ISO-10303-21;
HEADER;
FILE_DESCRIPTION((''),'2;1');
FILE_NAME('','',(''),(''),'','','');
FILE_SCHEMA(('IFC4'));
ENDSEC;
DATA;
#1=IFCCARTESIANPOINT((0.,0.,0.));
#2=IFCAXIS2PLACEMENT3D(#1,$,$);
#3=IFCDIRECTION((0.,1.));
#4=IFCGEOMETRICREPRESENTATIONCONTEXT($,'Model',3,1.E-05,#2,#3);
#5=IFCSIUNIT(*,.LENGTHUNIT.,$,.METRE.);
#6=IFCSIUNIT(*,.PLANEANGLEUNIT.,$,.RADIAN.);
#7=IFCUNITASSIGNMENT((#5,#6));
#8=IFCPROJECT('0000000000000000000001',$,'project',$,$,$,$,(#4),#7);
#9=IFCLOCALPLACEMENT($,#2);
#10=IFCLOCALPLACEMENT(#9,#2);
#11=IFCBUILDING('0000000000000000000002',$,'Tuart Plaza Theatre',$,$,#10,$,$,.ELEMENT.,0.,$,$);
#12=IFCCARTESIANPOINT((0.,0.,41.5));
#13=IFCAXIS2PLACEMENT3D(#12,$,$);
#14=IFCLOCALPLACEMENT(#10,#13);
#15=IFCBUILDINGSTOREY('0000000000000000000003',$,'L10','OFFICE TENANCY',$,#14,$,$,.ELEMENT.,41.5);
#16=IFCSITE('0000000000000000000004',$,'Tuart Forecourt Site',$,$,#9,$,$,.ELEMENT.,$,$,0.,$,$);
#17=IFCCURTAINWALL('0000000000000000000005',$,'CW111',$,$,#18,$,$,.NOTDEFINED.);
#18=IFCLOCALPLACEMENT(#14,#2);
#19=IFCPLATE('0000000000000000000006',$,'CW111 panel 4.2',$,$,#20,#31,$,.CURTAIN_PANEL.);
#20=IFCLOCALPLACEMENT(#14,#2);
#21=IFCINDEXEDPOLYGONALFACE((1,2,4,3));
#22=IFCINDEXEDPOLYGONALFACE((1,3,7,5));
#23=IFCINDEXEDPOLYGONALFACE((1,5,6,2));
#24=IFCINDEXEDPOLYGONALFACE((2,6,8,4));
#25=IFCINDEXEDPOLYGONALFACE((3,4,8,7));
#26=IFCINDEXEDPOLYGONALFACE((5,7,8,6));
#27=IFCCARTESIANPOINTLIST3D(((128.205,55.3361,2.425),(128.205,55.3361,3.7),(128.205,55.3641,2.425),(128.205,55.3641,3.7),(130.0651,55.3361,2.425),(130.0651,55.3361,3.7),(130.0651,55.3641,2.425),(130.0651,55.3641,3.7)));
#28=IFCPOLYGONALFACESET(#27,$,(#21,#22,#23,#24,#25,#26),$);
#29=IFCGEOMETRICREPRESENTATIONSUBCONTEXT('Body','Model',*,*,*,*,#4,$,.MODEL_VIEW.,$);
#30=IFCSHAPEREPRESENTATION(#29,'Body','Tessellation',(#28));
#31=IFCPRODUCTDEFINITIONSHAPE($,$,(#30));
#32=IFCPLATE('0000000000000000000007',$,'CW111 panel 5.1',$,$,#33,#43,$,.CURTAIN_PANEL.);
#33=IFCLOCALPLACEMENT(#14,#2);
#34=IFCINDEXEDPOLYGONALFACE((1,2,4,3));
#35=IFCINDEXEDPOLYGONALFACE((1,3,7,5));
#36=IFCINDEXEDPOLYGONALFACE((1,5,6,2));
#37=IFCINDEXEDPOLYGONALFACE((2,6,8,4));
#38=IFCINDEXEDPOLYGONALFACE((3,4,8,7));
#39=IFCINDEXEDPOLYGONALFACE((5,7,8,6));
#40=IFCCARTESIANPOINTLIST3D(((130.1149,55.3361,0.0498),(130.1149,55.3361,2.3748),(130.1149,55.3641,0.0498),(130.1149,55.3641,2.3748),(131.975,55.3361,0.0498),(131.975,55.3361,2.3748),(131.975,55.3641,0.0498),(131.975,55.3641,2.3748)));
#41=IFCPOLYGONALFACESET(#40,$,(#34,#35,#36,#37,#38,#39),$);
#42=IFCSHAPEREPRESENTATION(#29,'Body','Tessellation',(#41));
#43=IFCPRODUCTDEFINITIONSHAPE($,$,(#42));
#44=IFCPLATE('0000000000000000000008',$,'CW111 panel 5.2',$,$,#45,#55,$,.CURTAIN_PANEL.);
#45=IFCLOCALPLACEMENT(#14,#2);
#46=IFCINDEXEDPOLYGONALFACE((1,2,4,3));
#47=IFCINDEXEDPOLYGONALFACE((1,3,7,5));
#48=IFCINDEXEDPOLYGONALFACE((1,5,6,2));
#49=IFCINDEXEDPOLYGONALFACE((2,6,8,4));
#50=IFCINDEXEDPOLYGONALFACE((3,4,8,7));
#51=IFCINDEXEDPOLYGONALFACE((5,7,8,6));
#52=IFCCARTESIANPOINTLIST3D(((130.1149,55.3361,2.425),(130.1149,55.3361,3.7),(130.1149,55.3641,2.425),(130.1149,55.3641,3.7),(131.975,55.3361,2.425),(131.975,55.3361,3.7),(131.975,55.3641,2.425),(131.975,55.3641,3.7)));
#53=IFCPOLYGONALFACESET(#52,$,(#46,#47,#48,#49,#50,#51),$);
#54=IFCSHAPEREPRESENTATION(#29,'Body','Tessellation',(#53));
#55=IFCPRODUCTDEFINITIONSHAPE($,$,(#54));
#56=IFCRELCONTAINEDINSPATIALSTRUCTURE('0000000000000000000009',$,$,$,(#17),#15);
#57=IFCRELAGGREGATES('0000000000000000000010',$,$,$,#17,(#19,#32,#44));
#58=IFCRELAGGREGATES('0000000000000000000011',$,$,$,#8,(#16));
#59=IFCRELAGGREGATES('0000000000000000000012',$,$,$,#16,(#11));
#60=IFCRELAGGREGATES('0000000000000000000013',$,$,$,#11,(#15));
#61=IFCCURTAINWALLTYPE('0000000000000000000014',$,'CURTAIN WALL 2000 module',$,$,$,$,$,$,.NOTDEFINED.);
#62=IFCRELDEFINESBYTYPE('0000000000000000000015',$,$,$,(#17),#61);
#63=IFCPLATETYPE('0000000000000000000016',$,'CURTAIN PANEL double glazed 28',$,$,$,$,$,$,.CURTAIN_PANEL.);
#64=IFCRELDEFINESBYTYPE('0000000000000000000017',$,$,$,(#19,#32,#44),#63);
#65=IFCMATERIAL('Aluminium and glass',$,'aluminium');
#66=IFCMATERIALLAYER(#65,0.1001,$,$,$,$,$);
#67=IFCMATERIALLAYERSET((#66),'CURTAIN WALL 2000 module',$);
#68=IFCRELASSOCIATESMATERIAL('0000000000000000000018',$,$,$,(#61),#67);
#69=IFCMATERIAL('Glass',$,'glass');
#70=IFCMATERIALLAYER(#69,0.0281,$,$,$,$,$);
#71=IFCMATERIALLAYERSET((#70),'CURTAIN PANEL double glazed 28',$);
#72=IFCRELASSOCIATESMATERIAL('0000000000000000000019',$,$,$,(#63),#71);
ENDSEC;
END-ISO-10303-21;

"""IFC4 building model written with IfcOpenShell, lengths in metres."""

from ifc_helpers import new_model, si_unit, direction, frame, origin, origin_2d, place, context, subcontext, project, spatial, rectangle, extrude, material, layer, layer_set, type_object, element, aggregate, save


model = new_model("IFC4")

# Units and contexts
model_context = context("Model", 3, precision=1e-05, world=origin(), true_north=direction((0.0, 1.0)))
body_context = subcontext(model_context, "Body", "Model", "MODEL_VIEW")
ifc_project = project(units=[si_unit("LENGTHUNIT", "METRE"), si_unit("PLANEANGLEUNIT", "RADIAN")], contexts=[model_context])

# Site, building, storey
site_placement = place(None, origin())
site = spatial("IfcSite", under=ifc_project, at=site_placement, Name="Tuart Forecourt Site", CompositionType="ELEMENT", RefElevation=0.0)
building_placement = place(site_placement, origin())
building = spatial("IfcBuilding", under=site, at=building_placement, Name="Tuart Plaza Theatre", CompositionType="ELEMENT", ElevationOfRefHeight=0.0)
storey_placement = place(building_placement, frame((0.0, 0.0, 41.5)))
storey = spatial("IfcBuildingStorey", under=building, at=storey_placement, Name="L10", Description="OFFICE TENANCY", CompositionType="ELEMENT", Elevation=41.5)

# Shared definitions
ifc_material_1 = material(Name="Aluminium and glass", Category="aluminium")
ifc_layer_1 = layer(ifc_material_1, 0.1001)
ifc_layer_set_1 = layer_set([ifc_layer_1], Name="CURTAIN WALL 2000 module")
curtain_wall_type = type_object("IfcCurtainWallType", Name="CURTAIN WALL 2000 module", PredefinedType="NOTDEFINED", material=ifc_layer_set_1)

# Curtain wall
curtain_wall_1_placement = place(storey_placement, origin())
curtain_wall_1 = element("IfcCurtainWall", 1, at=curtain_wall_1_placement, inside=storey, type_object=curtain_wall_type, Name="CW111", PredefinedType="NOTDEFINED")

# Plates
ifc_material_2 = material(Name="Glass", Category="glass")
ifc_layer_2 = layer(ifc_material_2, 0.0281)
ifc_layer_set_2 = layer_set([ifc_layer_2], Name="CURTAIN PANEL double glazed 28")
plate_type = type_object("IfcPlateType", Name="CURTAIN PANEL double glazed 28", PredefinedType="CURTAIN_PANEL", material=ifc_layer_set_2)
plate_1_placement = place(storey_placement, frame((129.135, 55.3501, 2.425), z_axis=(0.0, 0.0, 1.0), x_axis=(1.0, 0.0, 0.0)))
plate_1 = element("IfcPlate", 2, at=plate_1_placement, type_object=plate_type, Name="CW111 panel 4.2", PredefinedType="CURTAIN_PANEL", context=body_context, shape_type="SweptSolid", body=[
    extrude(rectangle(XDim=1.8601, YDim=0.0281, at=origin_2d()), origin(), (0.0, 0.0, 1.0), 1.2749),
])
plate_2_placement = place(storey_placement, frame((131.0449, 55.3501, 0.0498), z_axis=(0.0, 0.0, 1.0), x_axis=(1.0, 0.0, 0.0)))
plate_2 = element("IfcPlate", 3, at=plate_2_placement, type_object=plate_type, Name="CW111 panel 5.1", PredefinedType="CURTAIN_PANEL", context=body_context, shape_type="SweptSolid", body=[
    extrude(rectangle(XDim=1.8601, YDim=0.0281, at=origin_2d()), origin(), (0.0, 0.0, 1.0), 2.325),
])
plate_3_placement = place(storey_placement, frame((131.0449, 55.3501, 2.425), z_axis=(0.0, 0.0, 1.0), x_axis=(1.0, 0.0, 0.0)))
plate_3 = element("IfcPlate", 4, at=plate_3_placement, type_object=plate_type, Name="CW111 panel 5.2", PredefinedType="CURTAIN_PANEL", context=body_context, shape_type="SweptSolid", body=[
    extrude(rectangle(XDim=1.8601, YDim=0.0281, at=origin_2d()), origin(), (0.0, 0.0, 1.0), 1.2749),
])
aggregate(curtain_wall_1, [plate_1, plate_2, plate_3])

save(model, "model.ifc")
